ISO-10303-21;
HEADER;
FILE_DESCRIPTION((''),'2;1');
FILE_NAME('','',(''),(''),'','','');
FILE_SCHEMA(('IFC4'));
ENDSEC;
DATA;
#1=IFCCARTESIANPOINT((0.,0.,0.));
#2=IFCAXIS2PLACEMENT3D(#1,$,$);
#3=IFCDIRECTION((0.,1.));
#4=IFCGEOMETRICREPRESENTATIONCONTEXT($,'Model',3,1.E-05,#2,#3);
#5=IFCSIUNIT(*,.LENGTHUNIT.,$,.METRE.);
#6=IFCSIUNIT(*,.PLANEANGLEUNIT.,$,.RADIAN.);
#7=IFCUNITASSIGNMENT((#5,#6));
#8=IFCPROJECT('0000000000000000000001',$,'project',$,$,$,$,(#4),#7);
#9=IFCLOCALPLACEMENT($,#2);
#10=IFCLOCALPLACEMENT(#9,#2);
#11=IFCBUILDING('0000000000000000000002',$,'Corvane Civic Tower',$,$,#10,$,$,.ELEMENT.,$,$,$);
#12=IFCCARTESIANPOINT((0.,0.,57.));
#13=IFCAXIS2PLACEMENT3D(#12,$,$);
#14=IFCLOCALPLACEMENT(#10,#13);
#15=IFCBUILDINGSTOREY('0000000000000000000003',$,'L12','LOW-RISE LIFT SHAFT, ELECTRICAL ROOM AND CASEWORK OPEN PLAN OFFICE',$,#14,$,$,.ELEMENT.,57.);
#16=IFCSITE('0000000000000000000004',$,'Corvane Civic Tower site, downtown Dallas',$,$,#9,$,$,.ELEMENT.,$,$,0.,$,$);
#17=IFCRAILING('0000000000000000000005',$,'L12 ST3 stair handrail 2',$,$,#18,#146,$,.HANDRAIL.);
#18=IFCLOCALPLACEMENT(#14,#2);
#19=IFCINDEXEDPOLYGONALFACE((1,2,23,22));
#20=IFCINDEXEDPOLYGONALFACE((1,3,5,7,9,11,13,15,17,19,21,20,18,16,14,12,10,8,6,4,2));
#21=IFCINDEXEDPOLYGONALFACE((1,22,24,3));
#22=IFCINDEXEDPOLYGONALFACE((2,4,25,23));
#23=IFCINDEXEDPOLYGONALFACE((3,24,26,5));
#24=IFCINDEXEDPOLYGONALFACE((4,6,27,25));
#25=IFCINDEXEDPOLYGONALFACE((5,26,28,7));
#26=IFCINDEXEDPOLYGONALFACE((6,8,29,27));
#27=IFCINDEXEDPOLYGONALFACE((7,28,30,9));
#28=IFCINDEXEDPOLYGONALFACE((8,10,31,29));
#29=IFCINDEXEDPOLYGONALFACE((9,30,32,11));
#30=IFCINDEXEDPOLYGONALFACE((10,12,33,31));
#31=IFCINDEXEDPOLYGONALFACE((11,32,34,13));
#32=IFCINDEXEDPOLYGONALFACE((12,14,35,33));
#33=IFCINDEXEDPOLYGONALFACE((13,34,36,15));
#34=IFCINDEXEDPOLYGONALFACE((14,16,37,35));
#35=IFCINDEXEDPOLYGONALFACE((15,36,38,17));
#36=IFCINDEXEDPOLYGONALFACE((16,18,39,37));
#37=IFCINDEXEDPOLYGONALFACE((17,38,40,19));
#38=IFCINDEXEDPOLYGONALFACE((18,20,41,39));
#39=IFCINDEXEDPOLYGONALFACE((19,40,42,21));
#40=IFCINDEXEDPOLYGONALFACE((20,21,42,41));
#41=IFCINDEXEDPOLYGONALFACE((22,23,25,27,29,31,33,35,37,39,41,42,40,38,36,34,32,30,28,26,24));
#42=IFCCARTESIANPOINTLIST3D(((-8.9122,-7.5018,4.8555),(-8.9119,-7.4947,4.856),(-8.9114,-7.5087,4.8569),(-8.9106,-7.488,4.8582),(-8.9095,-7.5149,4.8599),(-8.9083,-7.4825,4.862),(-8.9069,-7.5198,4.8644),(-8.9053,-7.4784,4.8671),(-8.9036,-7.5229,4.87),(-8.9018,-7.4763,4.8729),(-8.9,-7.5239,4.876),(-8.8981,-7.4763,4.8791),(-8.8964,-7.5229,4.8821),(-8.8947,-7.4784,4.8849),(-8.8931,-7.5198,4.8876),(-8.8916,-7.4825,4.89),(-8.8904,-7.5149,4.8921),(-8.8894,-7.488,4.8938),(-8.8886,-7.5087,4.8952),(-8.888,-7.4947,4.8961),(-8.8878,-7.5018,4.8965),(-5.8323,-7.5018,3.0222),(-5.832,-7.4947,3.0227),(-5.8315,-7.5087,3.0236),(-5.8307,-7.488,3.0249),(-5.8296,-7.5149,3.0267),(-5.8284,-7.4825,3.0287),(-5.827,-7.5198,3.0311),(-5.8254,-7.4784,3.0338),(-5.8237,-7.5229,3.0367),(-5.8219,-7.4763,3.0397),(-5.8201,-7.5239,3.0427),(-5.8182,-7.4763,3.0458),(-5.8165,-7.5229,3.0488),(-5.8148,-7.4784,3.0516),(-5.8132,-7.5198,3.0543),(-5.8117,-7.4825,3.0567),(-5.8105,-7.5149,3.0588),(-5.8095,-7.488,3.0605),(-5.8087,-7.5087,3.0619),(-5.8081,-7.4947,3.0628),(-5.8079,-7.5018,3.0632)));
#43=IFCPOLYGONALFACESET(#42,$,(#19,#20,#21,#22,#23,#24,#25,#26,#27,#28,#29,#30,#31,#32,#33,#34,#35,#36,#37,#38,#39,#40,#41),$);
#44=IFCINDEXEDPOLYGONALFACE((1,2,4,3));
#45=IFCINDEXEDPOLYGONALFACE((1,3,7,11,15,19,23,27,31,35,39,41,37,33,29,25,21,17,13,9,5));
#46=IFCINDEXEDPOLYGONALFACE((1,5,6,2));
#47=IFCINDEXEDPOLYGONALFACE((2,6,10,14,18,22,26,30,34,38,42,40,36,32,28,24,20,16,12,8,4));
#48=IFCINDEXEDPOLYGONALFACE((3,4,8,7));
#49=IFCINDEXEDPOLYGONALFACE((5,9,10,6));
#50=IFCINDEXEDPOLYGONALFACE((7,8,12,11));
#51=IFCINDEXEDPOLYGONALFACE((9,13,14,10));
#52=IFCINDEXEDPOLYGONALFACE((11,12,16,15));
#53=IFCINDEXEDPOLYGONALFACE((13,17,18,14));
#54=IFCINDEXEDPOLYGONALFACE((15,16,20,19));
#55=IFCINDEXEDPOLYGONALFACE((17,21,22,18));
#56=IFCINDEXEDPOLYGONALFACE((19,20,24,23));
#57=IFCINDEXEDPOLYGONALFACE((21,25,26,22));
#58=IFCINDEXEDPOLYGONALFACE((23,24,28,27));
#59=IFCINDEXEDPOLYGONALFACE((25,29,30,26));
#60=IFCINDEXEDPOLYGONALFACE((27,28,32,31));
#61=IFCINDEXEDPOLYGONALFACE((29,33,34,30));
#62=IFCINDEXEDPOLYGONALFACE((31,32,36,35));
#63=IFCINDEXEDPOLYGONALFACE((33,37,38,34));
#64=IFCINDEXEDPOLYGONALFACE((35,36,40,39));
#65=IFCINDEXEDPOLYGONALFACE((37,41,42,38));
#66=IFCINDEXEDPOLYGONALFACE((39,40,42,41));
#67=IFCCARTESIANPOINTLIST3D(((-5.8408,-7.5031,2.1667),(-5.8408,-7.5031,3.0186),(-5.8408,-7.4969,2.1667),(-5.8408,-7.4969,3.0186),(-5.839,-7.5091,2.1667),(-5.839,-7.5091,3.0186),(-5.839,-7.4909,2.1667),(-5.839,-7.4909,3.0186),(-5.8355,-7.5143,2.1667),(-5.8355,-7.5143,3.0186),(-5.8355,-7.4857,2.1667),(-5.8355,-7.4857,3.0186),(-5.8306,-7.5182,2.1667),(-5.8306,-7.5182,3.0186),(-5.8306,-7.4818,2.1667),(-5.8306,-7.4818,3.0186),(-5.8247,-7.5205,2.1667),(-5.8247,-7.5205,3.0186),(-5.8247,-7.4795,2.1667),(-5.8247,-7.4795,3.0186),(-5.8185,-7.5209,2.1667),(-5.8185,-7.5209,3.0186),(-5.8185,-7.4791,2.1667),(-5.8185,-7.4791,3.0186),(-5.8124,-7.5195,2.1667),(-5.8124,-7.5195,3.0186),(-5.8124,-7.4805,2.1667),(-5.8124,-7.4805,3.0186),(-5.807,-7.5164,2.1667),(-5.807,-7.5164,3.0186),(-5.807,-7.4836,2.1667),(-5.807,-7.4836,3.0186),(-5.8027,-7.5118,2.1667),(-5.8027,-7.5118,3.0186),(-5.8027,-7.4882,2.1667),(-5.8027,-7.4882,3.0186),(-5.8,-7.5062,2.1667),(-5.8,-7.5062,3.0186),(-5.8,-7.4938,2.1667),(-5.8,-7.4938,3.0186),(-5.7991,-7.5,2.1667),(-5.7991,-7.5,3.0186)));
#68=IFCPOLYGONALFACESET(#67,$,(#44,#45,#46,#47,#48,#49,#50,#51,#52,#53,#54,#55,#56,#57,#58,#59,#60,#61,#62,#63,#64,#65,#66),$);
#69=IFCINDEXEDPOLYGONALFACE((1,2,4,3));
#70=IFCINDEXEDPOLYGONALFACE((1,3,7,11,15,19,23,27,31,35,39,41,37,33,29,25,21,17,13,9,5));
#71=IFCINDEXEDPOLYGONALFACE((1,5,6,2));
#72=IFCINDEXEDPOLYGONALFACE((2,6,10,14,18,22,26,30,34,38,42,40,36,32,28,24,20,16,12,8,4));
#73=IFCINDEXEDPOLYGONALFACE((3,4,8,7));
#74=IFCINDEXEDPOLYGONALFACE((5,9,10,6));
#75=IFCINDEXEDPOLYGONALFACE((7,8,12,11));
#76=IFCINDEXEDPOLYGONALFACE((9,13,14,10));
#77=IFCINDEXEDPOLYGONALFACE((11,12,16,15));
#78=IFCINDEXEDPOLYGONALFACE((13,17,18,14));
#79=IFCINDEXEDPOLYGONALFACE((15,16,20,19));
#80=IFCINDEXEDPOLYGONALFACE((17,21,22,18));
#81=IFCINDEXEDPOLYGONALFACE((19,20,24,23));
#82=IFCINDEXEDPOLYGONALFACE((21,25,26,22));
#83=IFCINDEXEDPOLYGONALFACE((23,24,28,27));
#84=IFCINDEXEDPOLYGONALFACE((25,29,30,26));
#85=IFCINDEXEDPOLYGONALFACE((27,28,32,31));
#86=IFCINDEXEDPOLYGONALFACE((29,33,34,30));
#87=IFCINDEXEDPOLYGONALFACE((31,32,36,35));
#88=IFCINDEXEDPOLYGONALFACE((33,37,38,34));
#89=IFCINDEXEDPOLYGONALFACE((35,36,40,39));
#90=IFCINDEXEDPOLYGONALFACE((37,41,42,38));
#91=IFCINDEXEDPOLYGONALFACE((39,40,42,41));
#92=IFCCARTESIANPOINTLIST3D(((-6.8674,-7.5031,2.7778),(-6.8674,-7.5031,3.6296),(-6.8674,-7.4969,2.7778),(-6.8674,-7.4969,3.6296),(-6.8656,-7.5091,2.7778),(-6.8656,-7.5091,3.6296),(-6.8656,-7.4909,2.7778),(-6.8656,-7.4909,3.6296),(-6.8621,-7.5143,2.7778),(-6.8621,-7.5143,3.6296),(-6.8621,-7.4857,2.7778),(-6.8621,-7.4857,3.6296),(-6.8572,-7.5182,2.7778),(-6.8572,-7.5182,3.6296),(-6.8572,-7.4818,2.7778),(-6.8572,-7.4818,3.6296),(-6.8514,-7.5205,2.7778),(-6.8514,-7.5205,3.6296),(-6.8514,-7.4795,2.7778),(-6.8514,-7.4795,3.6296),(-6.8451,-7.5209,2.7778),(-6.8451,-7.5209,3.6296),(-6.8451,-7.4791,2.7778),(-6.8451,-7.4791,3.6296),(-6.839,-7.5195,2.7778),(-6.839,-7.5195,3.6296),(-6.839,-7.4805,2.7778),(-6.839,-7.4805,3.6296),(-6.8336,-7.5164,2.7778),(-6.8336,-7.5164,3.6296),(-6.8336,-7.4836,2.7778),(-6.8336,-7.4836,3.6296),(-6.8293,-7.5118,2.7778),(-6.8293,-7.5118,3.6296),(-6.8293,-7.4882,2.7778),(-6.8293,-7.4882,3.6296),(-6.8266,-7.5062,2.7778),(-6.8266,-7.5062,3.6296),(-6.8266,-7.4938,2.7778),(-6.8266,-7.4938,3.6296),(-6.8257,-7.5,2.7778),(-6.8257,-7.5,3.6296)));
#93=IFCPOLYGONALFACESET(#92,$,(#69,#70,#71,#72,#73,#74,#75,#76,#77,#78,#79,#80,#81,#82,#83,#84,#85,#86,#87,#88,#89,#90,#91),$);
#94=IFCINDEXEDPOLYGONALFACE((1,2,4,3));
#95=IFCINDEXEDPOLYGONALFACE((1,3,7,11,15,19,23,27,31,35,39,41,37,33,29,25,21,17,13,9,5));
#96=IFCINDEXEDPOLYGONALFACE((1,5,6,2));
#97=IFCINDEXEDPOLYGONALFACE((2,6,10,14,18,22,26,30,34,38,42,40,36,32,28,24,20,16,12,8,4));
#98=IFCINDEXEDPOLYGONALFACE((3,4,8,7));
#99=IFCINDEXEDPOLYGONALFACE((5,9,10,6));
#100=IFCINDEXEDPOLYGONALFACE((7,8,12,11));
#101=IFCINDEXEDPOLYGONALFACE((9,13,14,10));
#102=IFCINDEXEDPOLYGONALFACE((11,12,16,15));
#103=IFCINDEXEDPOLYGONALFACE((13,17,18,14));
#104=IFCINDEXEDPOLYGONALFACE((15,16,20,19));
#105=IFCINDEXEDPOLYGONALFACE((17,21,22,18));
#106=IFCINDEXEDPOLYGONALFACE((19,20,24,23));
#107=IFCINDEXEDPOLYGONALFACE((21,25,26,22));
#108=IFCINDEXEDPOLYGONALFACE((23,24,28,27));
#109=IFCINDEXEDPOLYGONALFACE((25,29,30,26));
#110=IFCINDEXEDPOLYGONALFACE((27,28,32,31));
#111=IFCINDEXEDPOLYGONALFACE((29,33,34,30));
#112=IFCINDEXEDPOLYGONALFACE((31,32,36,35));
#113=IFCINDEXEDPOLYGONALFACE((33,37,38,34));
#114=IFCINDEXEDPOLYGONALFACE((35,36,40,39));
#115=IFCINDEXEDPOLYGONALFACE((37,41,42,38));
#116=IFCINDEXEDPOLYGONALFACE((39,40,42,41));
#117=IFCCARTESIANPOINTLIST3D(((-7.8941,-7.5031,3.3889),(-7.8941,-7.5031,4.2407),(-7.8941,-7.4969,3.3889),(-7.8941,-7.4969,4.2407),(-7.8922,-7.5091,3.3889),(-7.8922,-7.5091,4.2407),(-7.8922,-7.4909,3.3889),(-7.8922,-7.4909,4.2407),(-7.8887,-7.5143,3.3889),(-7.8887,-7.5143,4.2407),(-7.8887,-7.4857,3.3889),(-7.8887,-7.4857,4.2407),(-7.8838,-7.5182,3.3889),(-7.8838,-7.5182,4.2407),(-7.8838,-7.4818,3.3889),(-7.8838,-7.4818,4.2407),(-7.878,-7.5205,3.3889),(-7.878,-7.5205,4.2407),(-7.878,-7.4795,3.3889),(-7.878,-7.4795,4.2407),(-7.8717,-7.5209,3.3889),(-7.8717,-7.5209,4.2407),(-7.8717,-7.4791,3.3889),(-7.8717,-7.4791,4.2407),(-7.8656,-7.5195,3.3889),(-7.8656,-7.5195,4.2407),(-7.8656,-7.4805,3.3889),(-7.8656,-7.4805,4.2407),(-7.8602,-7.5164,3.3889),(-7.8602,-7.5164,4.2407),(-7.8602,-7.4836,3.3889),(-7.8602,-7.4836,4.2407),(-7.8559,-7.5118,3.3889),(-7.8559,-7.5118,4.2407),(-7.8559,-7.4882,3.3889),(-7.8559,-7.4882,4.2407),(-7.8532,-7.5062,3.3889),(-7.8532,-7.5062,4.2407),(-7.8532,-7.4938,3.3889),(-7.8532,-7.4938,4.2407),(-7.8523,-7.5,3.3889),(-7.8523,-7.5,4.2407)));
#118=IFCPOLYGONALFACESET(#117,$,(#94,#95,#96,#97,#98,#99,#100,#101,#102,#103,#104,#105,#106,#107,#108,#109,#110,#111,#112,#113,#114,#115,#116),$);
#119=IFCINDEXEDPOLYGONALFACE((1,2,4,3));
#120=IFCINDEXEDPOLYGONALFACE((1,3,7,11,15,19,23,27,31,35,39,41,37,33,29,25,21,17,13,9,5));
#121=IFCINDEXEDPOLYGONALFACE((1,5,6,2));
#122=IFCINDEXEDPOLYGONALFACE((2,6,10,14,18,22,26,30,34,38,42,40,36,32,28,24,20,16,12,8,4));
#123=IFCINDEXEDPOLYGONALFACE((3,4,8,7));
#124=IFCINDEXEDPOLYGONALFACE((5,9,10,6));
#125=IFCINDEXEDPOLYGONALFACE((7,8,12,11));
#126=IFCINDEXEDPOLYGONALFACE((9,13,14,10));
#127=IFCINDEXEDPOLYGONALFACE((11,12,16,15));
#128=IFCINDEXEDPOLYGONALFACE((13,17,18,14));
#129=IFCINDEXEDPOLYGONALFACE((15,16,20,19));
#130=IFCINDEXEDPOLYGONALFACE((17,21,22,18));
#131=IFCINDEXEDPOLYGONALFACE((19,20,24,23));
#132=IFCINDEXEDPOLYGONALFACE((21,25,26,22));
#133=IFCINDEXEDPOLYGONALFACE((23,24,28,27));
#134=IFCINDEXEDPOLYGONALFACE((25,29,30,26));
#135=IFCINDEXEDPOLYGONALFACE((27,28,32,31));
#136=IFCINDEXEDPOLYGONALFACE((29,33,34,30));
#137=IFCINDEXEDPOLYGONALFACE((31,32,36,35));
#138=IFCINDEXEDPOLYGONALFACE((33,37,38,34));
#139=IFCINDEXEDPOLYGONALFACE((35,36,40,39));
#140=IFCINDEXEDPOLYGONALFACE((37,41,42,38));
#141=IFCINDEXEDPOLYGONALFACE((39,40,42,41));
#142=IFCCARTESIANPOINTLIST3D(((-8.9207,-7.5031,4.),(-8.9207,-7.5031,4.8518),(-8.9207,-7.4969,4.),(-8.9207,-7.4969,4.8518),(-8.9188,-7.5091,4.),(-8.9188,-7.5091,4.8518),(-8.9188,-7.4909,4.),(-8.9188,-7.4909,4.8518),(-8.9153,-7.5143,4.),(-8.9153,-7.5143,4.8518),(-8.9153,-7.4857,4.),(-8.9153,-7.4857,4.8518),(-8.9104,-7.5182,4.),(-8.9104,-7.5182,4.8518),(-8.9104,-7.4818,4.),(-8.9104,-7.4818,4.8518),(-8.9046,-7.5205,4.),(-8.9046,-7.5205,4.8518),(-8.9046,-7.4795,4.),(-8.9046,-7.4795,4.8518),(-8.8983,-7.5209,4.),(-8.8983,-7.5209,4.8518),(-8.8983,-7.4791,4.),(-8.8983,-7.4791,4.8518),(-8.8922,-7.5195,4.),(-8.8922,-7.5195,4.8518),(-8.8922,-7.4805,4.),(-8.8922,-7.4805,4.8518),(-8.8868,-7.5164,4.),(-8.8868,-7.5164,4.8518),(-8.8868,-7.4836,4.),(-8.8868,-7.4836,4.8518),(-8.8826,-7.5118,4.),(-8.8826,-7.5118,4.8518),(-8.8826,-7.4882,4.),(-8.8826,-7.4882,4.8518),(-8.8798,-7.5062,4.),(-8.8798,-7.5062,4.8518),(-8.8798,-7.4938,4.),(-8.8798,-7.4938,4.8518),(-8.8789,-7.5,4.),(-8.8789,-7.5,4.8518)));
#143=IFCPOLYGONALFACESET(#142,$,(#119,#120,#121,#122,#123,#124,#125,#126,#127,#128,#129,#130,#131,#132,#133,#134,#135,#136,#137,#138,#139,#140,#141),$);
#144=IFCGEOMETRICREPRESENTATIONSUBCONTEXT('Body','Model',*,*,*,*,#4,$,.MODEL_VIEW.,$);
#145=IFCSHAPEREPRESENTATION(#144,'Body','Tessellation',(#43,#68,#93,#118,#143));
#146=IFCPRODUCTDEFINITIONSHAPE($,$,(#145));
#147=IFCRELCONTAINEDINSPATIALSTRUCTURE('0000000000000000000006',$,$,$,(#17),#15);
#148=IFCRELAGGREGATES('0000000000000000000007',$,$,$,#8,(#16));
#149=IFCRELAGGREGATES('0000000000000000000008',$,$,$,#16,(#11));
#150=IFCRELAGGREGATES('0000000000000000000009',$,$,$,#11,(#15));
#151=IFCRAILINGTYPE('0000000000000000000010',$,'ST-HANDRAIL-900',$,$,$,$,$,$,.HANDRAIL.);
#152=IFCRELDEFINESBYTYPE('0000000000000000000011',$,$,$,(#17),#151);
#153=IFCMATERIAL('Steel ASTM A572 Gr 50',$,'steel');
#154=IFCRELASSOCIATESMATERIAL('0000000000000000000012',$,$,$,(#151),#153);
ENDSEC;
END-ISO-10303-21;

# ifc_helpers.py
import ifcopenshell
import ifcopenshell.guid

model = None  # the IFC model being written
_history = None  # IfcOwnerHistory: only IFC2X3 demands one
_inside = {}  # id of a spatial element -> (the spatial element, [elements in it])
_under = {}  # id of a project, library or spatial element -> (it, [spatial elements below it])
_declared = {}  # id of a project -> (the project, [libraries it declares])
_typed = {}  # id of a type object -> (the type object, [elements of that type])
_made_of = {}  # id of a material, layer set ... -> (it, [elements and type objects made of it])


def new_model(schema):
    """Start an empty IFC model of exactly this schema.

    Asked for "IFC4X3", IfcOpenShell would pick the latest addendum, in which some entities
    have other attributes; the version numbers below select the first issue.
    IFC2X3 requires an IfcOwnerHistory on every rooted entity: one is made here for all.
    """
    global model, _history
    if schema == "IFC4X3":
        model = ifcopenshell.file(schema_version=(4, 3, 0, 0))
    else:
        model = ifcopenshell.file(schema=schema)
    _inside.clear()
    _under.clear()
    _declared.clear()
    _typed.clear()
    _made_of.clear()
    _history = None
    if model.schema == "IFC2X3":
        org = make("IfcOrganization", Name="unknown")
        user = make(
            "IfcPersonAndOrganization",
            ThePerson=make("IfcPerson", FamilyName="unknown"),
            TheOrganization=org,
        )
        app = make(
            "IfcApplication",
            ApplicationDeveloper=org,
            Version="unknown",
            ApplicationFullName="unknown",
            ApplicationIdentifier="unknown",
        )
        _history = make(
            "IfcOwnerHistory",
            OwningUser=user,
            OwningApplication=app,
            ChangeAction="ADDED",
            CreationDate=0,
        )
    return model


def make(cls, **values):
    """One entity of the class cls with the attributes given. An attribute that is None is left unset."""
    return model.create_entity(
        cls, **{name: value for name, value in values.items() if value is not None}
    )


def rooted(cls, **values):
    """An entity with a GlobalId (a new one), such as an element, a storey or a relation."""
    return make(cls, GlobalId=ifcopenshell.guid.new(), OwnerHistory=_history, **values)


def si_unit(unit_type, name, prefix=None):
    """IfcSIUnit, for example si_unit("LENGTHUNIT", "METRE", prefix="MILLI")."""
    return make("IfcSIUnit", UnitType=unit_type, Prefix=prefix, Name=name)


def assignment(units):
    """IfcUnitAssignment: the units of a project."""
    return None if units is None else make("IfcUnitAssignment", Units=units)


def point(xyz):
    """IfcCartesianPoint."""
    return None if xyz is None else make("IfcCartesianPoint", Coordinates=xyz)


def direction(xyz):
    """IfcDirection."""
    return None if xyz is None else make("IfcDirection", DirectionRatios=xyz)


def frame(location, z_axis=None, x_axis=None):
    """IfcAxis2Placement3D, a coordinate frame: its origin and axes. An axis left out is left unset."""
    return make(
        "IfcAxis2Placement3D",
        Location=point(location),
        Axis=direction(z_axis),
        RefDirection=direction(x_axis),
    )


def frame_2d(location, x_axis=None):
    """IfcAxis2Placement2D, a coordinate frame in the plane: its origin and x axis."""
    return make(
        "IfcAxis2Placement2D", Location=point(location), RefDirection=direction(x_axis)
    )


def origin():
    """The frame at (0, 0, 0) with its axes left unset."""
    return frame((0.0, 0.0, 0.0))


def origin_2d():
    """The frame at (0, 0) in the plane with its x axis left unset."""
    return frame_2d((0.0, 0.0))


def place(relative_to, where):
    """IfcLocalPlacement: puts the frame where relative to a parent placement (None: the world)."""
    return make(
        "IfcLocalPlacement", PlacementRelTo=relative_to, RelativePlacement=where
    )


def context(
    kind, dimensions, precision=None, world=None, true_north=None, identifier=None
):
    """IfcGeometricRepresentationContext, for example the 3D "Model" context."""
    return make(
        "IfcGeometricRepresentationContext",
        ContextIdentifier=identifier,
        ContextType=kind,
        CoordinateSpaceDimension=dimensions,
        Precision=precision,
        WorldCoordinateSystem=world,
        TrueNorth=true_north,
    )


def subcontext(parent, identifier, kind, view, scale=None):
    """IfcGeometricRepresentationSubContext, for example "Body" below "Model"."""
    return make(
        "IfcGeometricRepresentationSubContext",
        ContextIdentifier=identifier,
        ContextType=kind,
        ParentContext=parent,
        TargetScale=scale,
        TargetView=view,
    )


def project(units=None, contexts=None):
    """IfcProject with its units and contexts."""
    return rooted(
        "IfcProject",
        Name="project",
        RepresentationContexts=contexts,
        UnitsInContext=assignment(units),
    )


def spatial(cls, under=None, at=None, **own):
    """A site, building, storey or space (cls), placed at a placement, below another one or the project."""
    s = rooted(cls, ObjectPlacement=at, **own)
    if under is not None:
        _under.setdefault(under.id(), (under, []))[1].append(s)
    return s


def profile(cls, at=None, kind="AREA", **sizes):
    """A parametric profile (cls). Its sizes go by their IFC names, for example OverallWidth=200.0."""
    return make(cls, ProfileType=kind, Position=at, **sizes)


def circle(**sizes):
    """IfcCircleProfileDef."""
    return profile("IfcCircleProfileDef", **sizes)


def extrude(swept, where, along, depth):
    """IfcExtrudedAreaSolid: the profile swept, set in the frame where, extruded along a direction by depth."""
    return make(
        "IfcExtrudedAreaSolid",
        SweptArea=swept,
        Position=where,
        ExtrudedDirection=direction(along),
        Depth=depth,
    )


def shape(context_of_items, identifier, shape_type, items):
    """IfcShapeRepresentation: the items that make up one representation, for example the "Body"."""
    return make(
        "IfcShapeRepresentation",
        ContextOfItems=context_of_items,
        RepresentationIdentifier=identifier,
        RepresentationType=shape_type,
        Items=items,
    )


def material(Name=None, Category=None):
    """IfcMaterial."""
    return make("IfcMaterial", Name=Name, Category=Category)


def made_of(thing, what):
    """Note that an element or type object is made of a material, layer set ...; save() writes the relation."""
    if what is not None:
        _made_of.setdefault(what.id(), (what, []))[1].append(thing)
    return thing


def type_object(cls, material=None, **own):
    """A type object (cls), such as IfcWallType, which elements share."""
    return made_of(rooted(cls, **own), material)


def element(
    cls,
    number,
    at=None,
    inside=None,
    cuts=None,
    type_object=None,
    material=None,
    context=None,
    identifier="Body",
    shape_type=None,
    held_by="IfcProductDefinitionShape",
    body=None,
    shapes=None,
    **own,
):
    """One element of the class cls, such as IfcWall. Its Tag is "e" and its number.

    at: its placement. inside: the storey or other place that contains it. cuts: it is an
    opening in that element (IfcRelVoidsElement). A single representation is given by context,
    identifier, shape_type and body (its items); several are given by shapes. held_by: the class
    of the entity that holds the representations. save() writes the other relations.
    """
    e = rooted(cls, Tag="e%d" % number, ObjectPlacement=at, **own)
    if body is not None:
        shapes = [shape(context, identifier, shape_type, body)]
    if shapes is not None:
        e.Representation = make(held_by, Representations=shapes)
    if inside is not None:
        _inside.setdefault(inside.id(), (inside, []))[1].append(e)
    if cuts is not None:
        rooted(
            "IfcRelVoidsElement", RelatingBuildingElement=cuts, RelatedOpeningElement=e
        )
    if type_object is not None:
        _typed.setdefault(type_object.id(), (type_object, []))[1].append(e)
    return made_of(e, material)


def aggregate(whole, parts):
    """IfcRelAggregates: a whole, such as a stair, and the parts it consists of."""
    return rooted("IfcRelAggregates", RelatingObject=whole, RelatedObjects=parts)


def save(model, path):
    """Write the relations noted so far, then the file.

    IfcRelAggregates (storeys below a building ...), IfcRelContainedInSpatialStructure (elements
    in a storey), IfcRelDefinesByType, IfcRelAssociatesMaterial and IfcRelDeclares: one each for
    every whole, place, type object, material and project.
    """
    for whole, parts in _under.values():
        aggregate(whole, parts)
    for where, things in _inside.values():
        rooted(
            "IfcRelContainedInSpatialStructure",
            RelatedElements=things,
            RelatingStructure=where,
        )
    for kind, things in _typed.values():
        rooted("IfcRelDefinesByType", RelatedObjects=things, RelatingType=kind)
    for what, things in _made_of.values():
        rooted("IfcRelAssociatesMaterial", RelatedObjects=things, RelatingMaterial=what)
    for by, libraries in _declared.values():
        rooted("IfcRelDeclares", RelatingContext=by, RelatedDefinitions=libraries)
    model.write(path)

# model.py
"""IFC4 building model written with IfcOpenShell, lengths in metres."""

from ifc_helpers import new_model, si_unit, direction, frame, origin, origin_2d, place, context, subcontext, project, spatial, circle, extrude, material, type_object, element, save


model = new_model("IFC4")

# Units and contexts
model_context = context("Model", 3, precision=1e-05, world=origin(), true_north=direction((0.0, 1.0)))
body_context = subcontext(model_context, "Body", "Model", "MODEL_VIEW")
ifc_project = project(units=[si_unit("LENGTHUNIT", "METRE"), si_unit("PLANEANGLEUNIT", "RADIAN")], contexts=[model_context])

# Site, building, storey
site_placement = place(None, origin())
site = spatial("IfcSite", under=ifc_project, at=site_placement, Name="Corvane Civic Tower site, downtown Dallas", CompositionType="ELEMENT", RefElevation=0.0)
building_placement = place(site_placement, origin())
building = spatial("IfcBuilding", under=site, at=building_placement, Name="Corvane Civic Tower", CompositionType="ELEMENT")
storey_placement = place(building_placement, frame((0.0, 0.0, 57.0)))
storey = spatial("IfcBuildingStorey", under=building, at=storey_placement, Name="L12", Description="LOW-RISE LIFT SHAFT, ELECTRICAL ROOM AND CASEWORK OPEN PLAN OFFICE", CompositionType="ELEMENT", Elevation=57.0)

# Railing
ifc_material_1 = material(Name="Steel ASTM A572 Gr 50", Category="steel")
railing_type = type_object("IfcRailingType", Name="ST-HANDRAIL-900", PredefinedType="HANDRAIL", material=ifc_material_1)
railing_1_placement = place(storey_placement, frame((-5.8201, -7.5, 2.1667)))
element("IfcRailing", 1, at=railing_1_placement, inside=storey, type_object=railing_type, Name="L12 ST3 stair handrail 2", PredefinedType="HANDRAIL", context=body_context, shape_type="SweptSolid", body=[
    extrude(circle(Radius=0.0239, at=origin_2d()), frame((0.0, 0.0, 0.876), z_axis=(-0.859291, 0.0, 0.511487), x_axis=(0.0, -1.0, 0.0)), (0.0, 0.0, 1.0), 3.5842),
    extrude(circle(Radius=0.021, at=origin_2d()), origin(), (0.0, 0.0, 1.0), 0.8518),
    extrude(circle(Radius=0.021, at=origin_2d()), frame((-1.0266, 0.0, 0.6111)), (0.0, 0.0, 1.0), 0.8518),
    extrude(circle(Radius=0.021, at=origin_2d()), frame((-2.0532, 0.0, 1.2222)), (0.0, 0.0, 1.0), 0.8518),
    extrude(circle(Radius=0.021, at=origin_2d()), frame((-3.0798, 0.0, 1.8333)), (0.0, 0.0, 1.0), 0.8518),
])

save(model, "model.ifc")
